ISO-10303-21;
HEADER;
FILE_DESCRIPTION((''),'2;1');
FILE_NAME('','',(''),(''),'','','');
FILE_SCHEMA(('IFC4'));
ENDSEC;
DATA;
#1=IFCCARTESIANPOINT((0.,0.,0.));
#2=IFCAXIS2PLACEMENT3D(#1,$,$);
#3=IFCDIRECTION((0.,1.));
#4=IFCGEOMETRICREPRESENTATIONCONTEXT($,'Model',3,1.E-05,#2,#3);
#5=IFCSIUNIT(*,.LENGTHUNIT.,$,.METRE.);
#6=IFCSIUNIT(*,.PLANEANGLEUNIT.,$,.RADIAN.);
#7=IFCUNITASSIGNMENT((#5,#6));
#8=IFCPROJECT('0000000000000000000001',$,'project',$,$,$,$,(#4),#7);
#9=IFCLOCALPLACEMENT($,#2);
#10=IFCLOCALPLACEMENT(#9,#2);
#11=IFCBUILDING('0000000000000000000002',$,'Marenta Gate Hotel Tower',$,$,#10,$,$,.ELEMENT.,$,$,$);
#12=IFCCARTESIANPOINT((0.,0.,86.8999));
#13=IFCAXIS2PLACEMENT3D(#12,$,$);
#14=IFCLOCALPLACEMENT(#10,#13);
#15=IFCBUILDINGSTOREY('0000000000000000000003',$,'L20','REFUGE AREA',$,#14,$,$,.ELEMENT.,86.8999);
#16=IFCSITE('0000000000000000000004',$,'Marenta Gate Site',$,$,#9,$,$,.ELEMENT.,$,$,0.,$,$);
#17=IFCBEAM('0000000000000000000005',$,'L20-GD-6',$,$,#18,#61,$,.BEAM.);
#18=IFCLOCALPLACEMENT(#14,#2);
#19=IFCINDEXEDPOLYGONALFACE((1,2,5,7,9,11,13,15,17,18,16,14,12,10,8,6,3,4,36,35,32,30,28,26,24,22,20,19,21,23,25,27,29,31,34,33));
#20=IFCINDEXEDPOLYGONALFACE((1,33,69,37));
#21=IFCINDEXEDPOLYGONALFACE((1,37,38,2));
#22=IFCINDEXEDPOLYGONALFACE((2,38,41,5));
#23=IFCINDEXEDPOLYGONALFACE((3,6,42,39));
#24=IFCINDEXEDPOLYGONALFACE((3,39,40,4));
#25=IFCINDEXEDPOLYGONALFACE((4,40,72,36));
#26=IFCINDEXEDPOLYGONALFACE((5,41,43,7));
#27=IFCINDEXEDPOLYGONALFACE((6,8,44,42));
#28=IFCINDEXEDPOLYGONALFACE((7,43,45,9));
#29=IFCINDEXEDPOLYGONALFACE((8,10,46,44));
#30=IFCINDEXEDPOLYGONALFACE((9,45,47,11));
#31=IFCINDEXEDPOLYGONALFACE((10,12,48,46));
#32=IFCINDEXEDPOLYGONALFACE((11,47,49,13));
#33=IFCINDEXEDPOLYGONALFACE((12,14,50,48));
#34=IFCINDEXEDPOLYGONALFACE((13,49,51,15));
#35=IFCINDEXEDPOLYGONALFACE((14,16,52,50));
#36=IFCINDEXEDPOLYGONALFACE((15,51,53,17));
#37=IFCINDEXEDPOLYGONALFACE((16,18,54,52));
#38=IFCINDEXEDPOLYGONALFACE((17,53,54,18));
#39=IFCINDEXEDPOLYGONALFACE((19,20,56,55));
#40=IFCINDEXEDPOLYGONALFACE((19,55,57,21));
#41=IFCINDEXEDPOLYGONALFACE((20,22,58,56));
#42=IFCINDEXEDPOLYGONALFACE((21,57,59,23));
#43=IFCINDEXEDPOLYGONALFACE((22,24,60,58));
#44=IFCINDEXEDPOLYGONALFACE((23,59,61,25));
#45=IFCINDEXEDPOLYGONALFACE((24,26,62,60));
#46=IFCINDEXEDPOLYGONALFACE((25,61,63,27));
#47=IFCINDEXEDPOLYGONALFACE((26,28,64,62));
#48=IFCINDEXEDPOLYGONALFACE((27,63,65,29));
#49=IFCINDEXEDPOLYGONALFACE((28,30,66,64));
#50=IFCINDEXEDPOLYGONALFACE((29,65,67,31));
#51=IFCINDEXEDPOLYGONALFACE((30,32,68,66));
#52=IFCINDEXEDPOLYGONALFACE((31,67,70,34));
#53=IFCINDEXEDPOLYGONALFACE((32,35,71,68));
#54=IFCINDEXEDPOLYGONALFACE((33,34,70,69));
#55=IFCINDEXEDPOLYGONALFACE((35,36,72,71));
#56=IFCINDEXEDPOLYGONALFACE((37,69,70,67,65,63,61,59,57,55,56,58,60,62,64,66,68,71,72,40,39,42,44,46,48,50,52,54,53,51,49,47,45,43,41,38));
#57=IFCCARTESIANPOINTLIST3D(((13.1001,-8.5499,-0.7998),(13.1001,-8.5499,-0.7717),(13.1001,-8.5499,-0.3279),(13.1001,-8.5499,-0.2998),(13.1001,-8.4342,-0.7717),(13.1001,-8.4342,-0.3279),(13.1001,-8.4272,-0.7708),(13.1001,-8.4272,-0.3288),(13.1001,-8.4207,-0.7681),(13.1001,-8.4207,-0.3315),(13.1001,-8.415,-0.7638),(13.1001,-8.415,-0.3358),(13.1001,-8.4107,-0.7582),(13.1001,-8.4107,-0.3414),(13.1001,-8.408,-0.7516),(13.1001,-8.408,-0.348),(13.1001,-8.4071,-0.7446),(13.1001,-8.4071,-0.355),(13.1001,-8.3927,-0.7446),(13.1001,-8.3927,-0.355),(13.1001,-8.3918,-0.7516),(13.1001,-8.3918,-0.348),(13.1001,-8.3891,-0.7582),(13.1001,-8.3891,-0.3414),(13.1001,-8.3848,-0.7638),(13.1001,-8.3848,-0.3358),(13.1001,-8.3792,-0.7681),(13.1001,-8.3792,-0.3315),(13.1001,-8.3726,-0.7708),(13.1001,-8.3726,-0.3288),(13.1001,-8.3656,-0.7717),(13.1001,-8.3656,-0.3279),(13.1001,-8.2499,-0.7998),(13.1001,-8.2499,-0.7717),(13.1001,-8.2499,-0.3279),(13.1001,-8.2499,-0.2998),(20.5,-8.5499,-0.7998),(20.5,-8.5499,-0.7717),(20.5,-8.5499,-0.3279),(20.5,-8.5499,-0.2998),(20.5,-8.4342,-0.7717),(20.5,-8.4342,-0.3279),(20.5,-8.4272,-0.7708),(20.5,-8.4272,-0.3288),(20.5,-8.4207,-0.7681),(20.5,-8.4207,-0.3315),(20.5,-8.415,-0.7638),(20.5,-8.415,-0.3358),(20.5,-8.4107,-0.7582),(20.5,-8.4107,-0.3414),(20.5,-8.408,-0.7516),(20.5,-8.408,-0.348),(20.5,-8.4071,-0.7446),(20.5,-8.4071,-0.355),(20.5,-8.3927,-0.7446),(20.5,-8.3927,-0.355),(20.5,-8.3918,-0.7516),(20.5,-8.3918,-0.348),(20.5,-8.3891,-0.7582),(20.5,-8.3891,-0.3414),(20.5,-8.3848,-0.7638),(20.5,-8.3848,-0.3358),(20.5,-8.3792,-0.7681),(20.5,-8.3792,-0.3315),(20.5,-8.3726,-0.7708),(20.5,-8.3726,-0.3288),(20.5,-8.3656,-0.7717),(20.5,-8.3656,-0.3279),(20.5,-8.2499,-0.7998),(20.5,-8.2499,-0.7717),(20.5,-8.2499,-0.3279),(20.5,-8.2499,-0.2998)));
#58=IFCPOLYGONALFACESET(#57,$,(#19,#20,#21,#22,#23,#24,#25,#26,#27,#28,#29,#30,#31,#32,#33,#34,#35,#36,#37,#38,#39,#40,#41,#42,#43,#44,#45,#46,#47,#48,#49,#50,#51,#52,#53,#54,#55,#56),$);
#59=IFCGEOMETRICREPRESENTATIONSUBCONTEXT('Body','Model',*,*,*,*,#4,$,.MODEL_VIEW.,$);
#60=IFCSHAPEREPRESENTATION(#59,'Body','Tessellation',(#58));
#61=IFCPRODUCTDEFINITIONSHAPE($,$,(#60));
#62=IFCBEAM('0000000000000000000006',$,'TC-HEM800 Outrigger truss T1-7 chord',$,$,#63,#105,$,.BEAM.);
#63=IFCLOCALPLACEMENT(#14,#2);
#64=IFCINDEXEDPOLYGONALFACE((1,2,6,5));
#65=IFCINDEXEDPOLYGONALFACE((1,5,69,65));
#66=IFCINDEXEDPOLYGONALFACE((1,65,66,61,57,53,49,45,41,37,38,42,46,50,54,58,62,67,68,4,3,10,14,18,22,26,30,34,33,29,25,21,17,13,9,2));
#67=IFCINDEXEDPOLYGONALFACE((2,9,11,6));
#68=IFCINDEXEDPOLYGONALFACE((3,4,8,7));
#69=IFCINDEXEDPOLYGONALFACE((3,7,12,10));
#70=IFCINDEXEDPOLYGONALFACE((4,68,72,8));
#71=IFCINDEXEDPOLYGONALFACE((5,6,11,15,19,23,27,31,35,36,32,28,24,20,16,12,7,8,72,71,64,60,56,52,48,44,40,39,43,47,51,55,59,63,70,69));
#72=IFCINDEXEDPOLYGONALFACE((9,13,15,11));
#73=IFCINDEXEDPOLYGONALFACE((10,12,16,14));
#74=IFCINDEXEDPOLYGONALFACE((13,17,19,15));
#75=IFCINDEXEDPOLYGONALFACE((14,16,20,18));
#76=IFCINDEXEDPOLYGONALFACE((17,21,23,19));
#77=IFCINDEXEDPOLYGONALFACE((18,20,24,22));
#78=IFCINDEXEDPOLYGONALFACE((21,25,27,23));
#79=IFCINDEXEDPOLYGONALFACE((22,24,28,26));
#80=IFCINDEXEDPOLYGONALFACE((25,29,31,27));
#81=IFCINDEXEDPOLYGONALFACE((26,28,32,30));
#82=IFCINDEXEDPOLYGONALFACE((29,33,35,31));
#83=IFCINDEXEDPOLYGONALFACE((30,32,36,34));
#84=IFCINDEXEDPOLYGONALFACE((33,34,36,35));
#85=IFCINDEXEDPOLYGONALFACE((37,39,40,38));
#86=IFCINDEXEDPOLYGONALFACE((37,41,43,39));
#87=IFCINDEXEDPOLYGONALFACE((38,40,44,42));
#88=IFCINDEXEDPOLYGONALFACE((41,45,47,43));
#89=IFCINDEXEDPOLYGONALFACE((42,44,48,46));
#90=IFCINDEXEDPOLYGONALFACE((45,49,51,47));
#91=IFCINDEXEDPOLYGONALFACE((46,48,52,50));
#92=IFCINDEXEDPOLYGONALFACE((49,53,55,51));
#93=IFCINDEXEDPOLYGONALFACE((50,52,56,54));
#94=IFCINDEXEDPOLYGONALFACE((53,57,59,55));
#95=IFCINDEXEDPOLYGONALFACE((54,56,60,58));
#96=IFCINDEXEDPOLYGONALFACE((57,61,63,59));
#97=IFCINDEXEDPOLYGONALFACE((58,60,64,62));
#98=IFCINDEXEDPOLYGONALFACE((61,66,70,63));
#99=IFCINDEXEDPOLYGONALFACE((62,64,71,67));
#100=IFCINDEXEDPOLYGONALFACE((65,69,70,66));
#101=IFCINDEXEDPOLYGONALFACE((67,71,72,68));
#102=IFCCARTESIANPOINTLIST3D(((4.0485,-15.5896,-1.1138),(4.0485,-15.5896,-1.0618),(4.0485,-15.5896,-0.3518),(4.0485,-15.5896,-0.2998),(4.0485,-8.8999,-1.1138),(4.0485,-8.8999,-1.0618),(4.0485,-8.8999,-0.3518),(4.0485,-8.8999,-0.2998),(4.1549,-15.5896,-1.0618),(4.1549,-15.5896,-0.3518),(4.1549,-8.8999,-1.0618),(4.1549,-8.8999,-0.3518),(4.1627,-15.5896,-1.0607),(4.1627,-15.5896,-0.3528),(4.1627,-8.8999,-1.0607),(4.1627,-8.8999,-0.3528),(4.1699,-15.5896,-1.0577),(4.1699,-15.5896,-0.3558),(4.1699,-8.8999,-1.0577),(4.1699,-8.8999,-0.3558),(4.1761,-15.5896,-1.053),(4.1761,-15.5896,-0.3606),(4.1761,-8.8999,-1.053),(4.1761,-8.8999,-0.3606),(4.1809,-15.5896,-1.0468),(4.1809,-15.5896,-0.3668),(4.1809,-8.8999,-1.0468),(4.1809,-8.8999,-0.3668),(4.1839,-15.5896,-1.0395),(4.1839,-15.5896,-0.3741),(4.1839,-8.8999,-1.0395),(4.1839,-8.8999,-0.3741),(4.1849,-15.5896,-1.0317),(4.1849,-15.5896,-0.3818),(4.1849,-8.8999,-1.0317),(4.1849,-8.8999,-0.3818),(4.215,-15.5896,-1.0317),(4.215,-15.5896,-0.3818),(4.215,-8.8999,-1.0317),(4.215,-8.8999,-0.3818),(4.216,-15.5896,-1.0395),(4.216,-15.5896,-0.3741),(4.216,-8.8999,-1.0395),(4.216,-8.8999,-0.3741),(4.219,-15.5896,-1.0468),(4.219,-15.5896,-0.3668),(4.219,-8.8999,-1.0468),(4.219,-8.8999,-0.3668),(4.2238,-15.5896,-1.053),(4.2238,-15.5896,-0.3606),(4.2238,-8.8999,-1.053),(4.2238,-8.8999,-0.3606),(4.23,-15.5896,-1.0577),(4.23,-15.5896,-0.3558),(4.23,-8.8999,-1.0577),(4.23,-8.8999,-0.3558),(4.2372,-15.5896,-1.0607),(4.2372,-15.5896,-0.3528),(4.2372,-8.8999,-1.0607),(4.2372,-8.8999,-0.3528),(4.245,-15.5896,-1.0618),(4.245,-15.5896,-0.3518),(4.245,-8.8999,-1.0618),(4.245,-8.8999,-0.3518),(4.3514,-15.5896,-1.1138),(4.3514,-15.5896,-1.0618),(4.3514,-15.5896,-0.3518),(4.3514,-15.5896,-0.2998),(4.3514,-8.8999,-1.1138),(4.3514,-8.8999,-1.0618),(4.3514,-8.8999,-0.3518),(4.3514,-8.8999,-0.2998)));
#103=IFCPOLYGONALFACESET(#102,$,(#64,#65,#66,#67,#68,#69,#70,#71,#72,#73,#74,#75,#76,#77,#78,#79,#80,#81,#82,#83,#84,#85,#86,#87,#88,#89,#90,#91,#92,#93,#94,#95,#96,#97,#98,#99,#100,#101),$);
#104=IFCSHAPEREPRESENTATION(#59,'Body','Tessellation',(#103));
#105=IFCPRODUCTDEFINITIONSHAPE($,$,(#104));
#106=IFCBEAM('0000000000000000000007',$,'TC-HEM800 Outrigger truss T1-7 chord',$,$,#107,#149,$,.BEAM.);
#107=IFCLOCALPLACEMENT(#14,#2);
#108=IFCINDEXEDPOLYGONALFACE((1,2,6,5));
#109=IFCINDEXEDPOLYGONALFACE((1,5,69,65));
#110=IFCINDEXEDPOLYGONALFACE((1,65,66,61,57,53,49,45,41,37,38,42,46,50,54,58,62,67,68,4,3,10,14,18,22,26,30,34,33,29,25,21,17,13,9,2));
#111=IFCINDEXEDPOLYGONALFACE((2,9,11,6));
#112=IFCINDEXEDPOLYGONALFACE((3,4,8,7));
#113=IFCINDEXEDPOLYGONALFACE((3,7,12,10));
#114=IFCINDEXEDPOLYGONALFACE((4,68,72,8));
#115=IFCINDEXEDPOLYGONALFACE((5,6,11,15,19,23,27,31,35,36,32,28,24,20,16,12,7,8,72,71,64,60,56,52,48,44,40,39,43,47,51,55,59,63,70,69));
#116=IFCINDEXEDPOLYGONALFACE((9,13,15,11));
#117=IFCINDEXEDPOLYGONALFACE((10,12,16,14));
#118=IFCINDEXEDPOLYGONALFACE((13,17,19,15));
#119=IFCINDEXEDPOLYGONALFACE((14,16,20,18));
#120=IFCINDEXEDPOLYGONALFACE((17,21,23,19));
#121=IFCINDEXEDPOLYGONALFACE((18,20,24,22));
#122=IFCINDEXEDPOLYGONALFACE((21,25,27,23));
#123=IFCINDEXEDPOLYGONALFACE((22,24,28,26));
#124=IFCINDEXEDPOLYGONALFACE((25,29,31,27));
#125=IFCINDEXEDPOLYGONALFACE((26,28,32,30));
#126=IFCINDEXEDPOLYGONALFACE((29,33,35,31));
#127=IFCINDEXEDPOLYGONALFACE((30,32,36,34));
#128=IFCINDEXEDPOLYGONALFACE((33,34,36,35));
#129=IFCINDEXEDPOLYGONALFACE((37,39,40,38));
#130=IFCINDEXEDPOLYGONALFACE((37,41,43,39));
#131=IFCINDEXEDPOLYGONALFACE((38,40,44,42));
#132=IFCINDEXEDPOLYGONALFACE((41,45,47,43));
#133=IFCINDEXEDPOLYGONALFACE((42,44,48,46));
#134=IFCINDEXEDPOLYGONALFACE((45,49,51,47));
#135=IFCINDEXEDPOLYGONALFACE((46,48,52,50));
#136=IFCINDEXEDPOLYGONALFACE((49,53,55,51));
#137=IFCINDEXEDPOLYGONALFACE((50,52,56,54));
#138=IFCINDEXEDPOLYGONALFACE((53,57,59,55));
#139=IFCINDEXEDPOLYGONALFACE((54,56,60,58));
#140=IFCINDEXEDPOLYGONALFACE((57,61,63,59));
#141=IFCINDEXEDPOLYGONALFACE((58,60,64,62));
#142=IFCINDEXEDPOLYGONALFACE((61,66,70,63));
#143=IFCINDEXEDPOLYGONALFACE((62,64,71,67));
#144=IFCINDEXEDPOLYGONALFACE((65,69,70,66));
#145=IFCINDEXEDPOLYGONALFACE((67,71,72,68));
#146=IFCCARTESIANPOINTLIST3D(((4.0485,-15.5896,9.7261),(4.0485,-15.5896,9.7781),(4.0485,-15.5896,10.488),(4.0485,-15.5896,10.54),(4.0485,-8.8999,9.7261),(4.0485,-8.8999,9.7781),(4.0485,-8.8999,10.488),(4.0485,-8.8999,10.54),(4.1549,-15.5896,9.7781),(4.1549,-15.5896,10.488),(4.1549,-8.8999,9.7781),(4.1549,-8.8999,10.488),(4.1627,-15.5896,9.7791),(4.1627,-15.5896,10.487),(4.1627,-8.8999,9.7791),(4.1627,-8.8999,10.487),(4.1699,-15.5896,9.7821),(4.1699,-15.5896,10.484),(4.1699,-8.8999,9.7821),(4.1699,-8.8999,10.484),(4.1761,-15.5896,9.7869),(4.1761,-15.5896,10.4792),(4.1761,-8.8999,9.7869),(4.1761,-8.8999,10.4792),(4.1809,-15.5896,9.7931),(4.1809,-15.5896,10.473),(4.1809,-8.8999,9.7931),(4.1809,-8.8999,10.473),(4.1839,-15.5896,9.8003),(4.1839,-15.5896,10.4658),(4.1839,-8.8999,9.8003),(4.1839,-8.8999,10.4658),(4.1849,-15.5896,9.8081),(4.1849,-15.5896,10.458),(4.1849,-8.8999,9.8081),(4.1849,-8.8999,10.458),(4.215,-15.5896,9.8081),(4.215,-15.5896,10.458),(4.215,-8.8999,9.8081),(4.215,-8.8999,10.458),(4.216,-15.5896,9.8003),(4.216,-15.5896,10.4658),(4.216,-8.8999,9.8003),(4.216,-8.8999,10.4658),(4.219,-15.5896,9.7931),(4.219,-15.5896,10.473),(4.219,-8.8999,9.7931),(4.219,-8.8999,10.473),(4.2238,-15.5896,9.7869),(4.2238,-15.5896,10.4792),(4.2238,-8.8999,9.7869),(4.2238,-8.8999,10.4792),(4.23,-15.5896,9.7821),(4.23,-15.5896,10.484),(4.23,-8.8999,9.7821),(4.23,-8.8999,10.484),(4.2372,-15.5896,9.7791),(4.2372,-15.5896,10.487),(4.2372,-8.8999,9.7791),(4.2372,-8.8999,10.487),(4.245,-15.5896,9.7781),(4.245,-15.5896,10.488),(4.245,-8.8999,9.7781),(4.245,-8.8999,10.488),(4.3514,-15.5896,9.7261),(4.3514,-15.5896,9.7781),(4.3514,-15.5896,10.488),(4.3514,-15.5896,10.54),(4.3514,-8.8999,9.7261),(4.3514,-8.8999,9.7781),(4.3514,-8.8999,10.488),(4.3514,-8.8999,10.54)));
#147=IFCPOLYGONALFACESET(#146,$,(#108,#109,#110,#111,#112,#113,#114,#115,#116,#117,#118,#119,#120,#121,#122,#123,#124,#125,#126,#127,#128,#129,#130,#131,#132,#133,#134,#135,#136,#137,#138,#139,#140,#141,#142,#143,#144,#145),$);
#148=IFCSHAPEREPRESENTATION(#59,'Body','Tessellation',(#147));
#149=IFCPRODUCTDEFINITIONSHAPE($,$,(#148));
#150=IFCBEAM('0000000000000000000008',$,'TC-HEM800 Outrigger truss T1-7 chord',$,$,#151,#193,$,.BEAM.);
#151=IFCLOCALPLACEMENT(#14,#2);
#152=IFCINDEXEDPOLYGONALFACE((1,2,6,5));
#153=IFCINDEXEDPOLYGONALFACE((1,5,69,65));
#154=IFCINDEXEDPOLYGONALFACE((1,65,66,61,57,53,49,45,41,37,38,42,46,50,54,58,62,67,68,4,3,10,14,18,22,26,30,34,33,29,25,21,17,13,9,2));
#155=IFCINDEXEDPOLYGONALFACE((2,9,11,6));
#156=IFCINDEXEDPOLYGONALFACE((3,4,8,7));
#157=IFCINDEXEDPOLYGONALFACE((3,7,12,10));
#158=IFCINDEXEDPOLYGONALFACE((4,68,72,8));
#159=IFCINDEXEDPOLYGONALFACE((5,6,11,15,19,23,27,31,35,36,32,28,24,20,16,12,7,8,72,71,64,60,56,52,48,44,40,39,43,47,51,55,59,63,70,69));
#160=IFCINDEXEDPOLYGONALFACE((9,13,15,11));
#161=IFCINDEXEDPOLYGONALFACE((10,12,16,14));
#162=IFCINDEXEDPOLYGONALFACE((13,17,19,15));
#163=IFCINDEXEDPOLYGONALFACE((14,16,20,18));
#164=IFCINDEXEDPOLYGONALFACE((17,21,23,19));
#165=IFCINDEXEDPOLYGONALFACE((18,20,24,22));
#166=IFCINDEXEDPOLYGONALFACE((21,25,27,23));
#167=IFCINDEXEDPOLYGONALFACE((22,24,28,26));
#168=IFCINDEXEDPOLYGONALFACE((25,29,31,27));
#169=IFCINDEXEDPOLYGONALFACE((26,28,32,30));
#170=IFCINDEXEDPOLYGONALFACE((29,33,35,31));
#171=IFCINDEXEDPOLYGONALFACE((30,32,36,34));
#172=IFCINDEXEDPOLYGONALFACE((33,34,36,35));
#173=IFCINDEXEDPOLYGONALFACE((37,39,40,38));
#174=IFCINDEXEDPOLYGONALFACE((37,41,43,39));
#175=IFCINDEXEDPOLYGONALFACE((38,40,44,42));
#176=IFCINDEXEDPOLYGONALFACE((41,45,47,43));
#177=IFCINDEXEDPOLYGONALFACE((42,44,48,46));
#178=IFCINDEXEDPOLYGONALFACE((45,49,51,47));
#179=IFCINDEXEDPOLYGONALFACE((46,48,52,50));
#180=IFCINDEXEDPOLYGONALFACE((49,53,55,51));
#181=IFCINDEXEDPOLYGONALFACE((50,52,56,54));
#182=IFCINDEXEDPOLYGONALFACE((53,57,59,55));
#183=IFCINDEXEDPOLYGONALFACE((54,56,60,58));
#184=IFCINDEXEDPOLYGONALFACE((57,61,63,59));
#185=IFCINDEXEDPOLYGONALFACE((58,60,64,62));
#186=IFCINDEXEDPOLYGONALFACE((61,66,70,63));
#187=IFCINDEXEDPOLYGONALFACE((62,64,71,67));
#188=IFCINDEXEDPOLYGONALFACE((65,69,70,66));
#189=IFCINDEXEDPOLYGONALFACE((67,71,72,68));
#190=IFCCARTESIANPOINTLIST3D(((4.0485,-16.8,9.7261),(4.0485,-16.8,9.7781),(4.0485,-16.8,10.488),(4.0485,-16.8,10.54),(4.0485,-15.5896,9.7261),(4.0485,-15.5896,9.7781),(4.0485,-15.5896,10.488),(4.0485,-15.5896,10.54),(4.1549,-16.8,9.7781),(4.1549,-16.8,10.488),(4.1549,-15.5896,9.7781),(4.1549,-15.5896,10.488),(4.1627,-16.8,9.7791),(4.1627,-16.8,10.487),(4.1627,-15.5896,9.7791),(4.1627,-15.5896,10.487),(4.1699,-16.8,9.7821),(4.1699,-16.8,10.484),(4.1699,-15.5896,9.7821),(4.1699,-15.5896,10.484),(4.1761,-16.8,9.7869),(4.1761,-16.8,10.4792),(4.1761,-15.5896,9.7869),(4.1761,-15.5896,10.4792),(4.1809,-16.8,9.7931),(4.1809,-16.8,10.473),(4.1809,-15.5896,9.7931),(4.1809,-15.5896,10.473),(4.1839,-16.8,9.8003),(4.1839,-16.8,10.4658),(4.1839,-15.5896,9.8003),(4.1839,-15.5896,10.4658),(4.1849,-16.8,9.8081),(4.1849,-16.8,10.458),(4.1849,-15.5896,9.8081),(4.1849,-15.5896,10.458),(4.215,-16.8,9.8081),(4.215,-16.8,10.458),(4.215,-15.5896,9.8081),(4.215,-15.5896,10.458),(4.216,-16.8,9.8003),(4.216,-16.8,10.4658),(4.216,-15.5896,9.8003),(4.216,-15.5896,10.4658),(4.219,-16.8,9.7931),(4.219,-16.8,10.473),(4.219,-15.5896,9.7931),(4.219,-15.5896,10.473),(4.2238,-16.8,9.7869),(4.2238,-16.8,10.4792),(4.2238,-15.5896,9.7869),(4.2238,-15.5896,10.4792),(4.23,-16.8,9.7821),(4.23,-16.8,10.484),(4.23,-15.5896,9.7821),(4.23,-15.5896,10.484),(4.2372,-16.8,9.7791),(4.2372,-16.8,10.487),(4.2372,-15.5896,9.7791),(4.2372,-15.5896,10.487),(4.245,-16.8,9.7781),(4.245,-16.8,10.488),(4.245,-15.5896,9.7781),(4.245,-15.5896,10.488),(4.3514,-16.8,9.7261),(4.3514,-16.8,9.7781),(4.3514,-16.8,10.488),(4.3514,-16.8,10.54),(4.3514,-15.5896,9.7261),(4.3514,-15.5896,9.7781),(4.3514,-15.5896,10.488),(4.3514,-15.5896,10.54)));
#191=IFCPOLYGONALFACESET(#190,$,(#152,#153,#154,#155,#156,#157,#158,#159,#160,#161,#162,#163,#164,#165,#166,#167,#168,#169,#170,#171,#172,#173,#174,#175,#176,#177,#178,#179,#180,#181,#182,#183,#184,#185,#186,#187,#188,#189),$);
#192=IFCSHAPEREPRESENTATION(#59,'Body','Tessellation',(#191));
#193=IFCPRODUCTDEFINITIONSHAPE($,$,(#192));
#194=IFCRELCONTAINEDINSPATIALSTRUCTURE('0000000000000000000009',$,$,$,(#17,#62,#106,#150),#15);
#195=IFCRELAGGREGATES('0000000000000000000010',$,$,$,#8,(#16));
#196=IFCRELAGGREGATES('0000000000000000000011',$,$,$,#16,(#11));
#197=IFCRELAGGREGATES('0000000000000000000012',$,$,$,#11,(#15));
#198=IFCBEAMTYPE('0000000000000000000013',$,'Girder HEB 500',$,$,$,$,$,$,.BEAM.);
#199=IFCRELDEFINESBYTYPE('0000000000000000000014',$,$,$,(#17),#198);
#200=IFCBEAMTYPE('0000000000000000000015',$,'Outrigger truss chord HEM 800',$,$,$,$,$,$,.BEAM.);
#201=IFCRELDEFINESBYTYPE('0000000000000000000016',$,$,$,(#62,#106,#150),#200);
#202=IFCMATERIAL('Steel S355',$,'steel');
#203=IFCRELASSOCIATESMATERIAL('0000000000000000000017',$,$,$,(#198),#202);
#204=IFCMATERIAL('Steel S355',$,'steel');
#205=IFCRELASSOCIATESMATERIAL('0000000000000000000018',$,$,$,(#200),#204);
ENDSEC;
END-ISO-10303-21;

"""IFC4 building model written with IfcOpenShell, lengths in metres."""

from ifc_helpers import new_model, si_unit, direction, frame, origin, origin_2d, place, context, subcontext, project, spatial, i_section, extrude, material, material_profile, profile_set, type_object, element, save


model = new_model("IFC4")

# Units and contexts
model_context = context("Model", 3, precision=1e-05, world=origin(), true_north=direction((0.0, 1.0)))
body_context = subcontext(model_context, "Body", "Model", "MODEL_VIEW")
ifc_project = project(units=[si_unit("LENGTHUNIT", "METRE"), si_unit("PLANEANGLEUNIT", "RADIAN")], contexts=[model_context])

# Site, building, storey
site_placement = place(None, origin())
site = spatial("IfcSite", under=ifc_project, at=site_placement, Name="Marenta Gate Site", CompositionType="ELEMENT", RefElevation=0.0)
building_placement = place(site_placement, origin())
building = spatial("IfcBuilding", under=site, at=building_placement, Name="Marenta Gate Hotel Tower", CompositionType="ELEMENT")
storey_placement = place(building_placement, frame((0.0, 0.0, 86.8999)))
storey = spatial("IfcBuildingStorey", under=building, at=storey_placement, Name="L20", Description="REFUGE AREA", CompositionType="ELEMENT", Elevation=86.8999)

# Beams
ifc_material_1 = material(Name="Steel S355", Category="steel")
ifc_material_profile_1 = material_profile(ifc_material_1, i_section(OverallWidth=0.3, OverallDepth=0.5, WebThickness=0.0144, FlangeThickness=0.0281, FilletRadius=0.0271, at=origin_2d()), Name="HEB 500")
ifc_profile_set_1 = profile_set([ifc_material_profile_1], Name="Steel S355")
beam_type_1 = type_object("IfcBeamType", Name="Girder HEB 500", PredefinedType="BEAM", material=ifc_profile_set_1)
beam_1_placement = place(storey_placement, frame((13.1001, -8.3999, -0.5498), z_axis=(1.0, 0.0, 0.0), x_axis=(0.0, 1.0, 0.0)))
element("IfcBeam", 1, at=beam_1_placement, inside=storey, type_object=beam_type_1, Name="L20-GD-6", PredefinedType="BEAM", context=body_context, shape_type="SweptSolid", body=[
    extrude(i_section(OverallWidth=0.3, OverallDepth=0.5, WebThickness=0.0144, FlangeThickness=0.0281, FilletRadius=0.0271, at=origin_2d()), origin(), (0.0, 0.0, 1.0), 7.3999),
])
ifc_material_2 = material(Name="Steel S355", Category="steel")
ifc_material_profile_2 = material_profile(ifc_material_2, i_section(OverallWidth=0.303, OverallDepth=0.814, WebThickness=0.03, FlangeThickness=0.052, FilletRadius=0.03, at=origin_2d()), Name="HEM 800")
ifc_profile_set_2 = profile_set([ifc_material_profile_2], Name="Steel S355")
beam_type_2 = type_object("IfcBeamType", Name="Outrigger truss chord HEM 800", PredefinedType="BEAM", material=ifc_profile_set_2)
for number, where, z_axis, x_axis, name in (
    (2, (4.2, -8.8999, -0.7068), (0.0, -1.0, 0.0), (1.0, 0.0, 0.0), "TC-HEM800 Outrigger truss T1-7 chord"),
    (3, (4.2, -8.8999, 10.1331), (0.0, -1.0, 0.0), (1.0, 0.0, 0.0), "TC-HEM800 Outrigger truss T1-7 chord"),
):
    element("IfcBeam", number, at=place(storey_placement, frame(where, z_axis=z_axis, x_axis=x_axis)), inside=storey, type_object=beam_type_2, Name=name, PredefinedType="BEAM", context=body_context, shape_type="SweptSolid", body=[
        extrude(i_section(OverallWidth=0.303, OverallDepth=0.814, WebThickness=0.03, FlangeThickness=0.052, FilletRadius=0.03, at=origin_2d()), origin(), (0.0, 0.0, 1.0), 6.6897),
    ])
beam_2_placement = place(storey_placement, frame((4.2, -15.5896, 10.1331), z_axis=(0.0, -1.0, 0.0), x_axis=(1.0, 0.0, 0.0)))
element("IfcBeam", 4, at=beam_2_placement, inside=storey, type_object=beam_type_2, Name="TC-HEM800 Outrigger truss T1-7 chord", PredefinedType="BEAM", context=body_context, shape_type="SweptSolid", body=[
    extrude(i_section(OverallWidth=0.303, OverallDepth=0.814, WebThickness=0.03, FlangeThickness=0.052, FilletRadius=0.03, at=origin_2d()), origin(), (0.0, 0.0, 1.0), 1.2104),
])

save(model, "model.ifc")
